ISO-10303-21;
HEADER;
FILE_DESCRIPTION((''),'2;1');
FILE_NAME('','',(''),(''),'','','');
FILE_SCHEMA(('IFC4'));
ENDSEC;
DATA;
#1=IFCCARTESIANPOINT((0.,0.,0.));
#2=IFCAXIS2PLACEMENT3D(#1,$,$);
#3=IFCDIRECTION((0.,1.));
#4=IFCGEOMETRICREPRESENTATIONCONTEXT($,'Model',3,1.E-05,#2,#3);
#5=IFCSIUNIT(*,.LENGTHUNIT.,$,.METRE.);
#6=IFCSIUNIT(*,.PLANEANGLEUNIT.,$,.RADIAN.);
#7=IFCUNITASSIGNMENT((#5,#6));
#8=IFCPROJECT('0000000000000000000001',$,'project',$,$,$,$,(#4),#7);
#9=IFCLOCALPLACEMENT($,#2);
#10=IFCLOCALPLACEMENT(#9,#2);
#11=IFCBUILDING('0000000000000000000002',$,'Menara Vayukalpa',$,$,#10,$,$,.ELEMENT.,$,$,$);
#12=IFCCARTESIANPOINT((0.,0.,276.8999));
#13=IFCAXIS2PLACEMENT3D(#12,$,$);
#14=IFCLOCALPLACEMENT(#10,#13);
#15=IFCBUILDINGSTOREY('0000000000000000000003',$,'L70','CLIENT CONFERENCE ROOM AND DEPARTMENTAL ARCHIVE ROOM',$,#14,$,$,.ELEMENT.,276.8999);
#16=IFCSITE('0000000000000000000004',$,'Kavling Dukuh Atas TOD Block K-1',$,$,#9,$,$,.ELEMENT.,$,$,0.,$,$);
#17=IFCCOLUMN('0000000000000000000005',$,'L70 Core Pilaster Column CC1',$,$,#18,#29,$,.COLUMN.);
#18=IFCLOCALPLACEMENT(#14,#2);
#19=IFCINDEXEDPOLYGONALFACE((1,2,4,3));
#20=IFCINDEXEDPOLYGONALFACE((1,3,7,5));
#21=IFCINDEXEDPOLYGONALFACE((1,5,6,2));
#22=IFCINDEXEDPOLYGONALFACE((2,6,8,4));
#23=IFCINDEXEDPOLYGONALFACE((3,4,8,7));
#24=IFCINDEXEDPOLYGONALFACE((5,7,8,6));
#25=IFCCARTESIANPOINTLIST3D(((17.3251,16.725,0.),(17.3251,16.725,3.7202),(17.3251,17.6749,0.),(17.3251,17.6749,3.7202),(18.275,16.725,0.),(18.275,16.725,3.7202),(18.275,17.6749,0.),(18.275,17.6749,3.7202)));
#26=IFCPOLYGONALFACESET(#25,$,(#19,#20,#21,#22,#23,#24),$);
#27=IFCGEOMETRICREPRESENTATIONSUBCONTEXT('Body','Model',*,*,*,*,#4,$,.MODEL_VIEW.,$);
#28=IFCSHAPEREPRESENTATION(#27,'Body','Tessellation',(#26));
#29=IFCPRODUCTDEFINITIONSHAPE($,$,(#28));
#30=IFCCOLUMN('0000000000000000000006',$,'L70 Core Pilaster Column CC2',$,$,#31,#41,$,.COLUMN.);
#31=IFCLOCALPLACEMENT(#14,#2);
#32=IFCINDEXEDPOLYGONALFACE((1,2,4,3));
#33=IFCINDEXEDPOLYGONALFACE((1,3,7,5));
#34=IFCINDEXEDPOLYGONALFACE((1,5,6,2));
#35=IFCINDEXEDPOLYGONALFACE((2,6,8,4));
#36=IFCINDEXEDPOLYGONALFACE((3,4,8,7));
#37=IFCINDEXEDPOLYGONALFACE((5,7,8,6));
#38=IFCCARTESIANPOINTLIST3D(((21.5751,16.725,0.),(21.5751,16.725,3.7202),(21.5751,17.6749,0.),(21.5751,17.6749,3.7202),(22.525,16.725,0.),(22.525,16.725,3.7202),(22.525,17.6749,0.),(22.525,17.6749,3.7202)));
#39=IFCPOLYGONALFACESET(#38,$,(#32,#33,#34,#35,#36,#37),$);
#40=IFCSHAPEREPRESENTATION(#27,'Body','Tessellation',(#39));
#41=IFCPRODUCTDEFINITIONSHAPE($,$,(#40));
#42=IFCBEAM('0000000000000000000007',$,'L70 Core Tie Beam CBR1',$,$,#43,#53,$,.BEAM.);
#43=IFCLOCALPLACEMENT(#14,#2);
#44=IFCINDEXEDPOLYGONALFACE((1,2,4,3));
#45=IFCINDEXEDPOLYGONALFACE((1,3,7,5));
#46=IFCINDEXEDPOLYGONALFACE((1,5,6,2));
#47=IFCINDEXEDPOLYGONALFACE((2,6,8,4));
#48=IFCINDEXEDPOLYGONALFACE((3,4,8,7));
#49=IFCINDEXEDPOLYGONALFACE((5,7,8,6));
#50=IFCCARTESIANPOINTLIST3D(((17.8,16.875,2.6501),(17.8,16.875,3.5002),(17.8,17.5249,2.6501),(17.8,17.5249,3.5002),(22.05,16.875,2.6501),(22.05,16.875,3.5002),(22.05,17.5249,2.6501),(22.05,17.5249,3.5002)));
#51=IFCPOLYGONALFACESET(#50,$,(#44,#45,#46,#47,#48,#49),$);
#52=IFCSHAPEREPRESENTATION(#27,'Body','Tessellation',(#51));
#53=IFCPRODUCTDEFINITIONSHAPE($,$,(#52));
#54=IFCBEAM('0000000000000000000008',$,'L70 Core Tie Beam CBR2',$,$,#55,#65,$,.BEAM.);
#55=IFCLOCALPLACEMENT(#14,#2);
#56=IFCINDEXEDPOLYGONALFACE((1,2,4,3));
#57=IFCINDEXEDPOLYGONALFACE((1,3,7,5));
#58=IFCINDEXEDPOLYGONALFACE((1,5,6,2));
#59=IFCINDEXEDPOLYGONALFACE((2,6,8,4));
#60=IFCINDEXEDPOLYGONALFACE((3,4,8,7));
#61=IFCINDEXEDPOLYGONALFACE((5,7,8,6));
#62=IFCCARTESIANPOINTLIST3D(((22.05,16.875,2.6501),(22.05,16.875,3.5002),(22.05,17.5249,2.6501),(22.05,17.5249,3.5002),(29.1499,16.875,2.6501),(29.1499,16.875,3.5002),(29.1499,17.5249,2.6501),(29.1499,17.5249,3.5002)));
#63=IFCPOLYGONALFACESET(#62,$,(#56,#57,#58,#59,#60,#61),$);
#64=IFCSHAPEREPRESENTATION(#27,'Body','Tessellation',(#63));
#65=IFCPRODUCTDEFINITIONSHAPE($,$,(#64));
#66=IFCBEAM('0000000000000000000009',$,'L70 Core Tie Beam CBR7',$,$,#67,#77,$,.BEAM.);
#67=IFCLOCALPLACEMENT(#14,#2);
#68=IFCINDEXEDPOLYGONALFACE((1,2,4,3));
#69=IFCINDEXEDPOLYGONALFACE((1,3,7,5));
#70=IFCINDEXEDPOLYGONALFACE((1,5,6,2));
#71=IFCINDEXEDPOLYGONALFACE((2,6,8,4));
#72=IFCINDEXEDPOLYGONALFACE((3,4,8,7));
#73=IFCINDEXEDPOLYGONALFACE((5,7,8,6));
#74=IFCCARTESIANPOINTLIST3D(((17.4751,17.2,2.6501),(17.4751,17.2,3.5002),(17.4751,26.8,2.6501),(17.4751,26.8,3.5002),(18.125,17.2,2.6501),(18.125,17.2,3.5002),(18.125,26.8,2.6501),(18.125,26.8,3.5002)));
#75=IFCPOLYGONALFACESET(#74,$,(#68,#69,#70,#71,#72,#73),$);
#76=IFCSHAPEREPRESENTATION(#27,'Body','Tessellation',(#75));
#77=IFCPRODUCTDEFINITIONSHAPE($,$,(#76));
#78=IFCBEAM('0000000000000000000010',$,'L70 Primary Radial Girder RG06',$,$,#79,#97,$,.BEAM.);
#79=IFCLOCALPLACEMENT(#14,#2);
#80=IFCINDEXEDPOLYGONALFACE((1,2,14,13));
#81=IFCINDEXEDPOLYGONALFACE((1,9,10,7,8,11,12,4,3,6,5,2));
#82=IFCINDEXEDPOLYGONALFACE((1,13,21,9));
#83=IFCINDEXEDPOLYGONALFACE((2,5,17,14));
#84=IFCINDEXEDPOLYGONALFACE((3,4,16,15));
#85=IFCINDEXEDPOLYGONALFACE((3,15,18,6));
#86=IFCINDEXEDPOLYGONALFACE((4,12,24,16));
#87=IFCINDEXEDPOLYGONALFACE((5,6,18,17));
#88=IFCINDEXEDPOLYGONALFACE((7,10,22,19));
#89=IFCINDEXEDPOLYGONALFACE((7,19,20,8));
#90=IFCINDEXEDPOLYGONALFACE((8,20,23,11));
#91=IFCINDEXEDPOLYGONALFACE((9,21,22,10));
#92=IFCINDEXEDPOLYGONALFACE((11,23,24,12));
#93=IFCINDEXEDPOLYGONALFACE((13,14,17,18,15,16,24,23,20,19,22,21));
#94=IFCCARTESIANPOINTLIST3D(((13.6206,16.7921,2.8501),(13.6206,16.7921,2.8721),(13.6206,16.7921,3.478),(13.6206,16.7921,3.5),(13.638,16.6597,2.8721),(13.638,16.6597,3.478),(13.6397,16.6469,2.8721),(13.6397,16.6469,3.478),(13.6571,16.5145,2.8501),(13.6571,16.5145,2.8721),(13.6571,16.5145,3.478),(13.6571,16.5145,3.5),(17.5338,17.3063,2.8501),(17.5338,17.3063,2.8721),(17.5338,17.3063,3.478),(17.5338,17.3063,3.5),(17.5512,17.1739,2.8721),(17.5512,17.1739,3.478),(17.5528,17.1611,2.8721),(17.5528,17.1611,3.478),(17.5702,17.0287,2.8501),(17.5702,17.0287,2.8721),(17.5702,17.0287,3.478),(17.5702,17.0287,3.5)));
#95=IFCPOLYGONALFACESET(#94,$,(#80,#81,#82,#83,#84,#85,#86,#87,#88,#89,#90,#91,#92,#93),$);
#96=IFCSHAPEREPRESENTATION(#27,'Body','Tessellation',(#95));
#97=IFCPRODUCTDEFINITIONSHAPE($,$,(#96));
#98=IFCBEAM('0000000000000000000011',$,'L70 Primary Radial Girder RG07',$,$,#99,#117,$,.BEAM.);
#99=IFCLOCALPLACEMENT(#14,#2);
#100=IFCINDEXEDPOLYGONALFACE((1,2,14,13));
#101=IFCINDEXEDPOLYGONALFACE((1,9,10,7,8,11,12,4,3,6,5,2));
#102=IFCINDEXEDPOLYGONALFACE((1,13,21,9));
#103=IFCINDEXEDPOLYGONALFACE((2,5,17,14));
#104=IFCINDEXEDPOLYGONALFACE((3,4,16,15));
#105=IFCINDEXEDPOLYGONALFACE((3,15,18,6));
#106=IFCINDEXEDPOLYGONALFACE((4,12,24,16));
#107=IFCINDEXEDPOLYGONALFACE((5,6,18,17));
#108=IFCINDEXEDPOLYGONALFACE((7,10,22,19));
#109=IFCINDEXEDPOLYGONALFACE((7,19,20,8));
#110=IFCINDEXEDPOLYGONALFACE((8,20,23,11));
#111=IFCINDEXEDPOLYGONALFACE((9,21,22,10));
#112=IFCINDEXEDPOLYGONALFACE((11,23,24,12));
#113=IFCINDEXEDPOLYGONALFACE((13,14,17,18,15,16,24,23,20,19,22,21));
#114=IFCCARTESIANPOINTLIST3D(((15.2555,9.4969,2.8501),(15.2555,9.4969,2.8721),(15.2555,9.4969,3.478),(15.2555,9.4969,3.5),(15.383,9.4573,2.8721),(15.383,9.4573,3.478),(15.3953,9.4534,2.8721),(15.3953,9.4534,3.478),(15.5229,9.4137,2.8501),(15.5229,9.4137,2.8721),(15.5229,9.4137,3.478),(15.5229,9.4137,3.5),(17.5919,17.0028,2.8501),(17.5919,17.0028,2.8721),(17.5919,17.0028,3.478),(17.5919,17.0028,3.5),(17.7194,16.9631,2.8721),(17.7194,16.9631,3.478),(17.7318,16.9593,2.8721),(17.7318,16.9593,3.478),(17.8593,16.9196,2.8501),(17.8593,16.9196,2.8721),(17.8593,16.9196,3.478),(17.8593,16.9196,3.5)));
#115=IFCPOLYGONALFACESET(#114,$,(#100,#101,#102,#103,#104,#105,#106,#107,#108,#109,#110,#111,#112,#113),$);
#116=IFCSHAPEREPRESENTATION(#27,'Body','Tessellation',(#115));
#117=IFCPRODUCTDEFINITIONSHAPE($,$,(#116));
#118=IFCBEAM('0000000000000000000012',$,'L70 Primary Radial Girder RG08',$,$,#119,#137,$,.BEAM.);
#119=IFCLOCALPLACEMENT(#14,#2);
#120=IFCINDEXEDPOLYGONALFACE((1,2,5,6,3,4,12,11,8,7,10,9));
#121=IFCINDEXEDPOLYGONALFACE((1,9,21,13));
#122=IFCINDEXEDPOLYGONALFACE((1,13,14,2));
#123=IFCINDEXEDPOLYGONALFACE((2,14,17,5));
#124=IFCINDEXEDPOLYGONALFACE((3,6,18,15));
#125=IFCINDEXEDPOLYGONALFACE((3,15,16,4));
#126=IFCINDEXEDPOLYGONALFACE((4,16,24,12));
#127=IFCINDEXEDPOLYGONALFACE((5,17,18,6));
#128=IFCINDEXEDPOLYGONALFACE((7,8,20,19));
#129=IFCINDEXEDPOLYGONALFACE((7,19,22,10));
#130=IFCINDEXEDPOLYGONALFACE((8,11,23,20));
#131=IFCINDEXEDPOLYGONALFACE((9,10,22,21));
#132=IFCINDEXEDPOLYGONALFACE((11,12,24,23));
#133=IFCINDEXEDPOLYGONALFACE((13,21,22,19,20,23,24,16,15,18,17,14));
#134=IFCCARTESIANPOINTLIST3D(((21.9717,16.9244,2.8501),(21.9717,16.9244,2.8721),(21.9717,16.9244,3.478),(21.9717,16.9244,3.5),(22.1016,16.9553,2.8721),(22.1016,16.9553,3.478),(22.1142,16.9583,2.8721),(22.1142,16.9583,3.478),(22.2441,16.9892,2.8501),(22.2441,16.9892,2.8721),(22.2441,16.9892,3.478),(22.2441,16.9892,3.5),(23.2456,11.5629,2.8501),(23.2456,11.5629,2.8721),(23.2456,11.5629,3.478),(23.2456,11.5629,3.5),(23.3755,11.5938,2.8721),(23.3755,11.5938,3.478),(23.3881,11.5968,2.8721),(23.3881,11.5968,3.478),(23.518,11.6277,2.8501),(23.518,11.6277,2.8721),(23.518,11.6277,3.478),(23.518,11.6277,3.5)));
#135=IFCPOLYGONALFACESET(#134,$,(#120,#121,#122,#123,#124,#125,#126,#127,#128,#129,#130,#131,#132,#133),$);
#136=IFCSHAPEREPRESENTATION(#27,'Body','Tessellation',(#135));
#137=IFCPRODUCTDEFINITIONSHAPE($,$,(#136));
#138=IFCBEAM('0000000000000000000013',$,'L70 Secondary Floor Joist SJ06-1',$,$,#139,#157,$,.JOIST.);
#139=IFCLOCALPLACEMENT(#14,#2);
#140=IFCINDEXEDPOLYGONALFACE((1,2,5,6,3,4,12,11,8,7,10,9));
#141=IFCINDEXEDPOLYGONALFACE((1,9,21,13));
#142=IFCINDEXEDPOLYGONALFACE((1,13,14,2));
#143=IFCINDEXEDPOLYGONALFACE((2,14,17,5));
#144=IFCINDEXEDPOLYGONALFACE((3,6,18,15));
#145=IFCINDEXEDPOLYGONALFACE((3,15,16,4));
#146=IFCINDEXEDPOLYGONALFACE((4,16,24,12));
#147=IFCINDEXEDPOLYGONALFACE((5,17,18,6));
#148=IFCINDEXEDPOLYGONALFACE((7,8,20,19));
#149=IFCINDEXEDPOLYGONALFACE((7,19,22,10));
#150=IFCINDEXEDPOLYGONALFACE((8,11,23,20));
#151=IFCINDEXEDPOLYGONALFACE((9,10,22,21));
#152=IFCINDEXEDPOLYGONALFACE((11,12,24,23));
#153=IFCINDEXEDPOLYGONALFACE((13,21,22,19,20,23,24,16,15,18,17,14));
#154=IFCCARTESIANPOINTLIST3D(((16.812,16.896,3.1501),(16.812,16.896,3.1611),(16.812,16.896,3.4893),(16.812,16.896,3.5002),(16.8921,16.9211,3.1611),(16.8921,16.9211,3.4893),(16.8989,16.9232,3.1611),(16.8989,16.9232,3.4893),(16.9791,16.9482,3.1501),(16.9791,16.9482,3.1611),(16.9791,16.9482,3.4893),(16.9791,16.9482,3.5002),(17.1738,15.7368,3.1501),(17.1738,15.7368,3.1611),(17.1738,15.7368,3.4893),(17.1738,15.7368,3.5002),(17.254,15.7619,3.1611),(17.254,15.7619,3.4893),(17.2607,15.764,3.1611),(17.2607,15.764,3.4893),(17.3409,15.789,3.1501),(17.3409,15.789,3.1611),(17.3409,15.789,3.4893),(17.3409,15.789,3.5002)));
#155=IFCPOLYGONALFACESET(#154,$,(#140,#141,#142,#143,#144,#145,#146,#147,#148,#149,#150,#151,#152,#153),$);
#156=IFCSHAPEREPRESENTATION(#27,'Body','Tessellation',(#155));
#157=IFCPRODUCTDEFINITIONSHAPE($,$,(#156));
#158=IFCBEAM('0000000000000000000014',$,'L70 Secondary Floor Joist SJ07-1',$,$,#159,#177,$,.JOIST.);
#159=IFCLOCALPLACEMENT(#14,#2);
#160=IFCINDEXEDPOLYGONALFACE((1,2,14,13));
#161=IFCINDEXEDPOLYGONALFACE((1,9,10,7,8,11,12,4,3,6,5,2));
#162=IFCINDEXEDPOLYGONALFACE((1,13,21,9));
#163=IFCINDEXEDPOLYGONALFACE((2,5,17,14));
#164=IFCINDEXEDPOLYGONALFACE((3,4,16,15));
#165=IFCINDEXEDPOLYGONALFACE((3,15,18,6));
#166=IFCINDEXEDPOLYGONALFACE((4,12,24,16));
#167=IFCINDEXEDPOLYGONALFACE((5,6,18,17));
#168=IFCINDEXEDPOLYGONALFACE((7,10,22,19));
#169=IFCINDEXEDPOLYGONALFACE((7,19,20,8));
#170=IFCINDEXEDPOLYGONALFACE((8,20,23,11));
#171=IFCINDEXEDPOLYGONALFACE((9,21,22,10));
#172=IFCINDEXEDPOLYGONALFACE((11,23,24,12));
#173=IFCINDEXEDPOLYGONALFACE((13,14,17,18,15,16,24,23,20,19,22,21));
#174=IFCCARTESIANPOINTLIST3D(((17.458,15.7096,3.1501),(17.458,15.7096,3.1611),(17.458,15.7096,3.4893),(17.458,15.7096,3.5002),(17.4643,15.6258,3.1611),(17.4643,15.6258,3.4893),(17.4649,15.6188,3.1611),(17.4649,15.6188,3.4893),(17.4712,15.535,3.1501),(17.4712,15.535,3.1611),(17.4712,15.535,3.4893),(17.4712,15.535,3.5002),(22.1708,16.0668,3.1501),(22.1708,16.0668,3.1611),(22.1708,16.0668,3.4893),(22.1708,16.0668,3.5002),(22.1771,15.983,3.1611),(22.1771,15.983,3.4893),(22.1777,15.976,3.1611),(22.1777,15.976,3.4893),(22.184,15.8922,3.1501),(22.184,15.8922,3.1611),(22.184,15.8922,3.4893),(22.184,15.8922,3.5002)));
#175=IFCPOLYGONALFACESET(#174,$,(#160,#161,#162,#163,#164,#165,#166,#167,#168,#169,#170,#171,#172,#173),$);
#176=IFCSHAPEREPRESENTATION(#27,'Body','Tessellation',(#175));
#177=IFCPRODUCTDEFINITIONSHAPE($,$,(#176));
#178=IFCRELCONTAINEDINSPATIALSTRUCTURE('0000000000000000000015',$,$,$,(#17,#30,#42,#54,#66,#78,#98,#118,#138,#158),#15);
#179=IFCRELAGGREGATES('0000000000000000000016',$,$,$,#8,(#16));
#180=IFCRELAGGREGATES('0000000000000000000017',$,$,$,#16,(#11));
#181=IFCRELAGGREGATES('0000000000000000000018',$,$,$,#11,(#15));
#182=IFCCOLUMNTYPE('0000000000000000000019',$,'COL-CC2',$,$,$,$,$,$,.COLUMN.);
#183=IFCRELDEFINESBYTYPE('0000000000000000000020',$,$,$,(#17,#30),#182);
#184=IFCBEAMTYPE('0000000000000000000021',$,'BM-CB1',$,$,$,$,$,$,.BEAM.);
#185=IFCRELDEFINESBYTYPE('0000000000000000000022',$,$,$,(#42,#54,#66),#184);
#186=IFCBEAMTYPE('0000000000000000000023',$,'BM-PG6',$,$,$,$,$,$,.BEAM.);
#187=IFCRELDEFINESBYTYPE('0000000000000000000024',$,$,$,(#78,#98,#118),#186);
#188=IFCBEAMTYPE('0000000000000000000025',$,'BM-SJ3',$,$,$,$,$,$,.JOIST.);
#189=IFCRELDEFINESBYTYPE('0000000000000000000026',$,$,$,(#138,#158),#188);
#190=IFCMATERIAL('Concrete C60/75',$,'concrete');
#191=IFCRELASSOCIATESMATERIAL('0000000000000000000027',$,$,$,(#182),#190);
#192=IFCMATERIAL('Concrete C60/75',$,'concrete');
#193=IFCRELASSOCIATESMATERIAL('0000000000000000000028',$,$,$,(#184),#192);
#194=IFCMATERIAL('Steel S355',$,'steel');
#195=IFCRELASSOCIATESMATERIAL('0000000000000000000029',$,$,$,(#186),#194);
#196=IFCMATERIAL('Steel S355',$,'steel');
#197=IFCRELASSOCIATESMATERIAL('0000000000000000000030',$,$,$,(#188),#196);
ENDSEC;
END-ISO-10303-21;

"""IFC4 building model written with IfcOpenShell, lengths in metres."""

from ifc_helpers import new_model, si_unit, direction, frame, origin, origin_2d, place, context, subcontext, project, spatial, rectangle, i_section, extrude, material, material_profile, profile_set, type_object, element, save


model = new_model("IFC4")

# Units and contexts
model_context = context("Model", 3, precision=1e-05, world=origin(), true_north=direction((0.0, 1.0)))
body_context = subcontext(model_context, "Body", "Model", "MODEL_VIEW")
ifc_project = project(units=[si_unit("LENGTHUNIT", "METRE"), si_unit("PLANEANGLEUNIT", "RADIAN")], contexts=[model_context])

# Site, building, storey
site_placement = place(None, origin())
site = spatial("IfcSite", under=ifc_project, at=site_placement, Name="Kavling Dukuh Atas TOD Block K-1", CompositionType="ELEMENT", RefElevation=0.0)
building_placement = place(site_placement, origin())
building = spatial("IfcBuilding", under=site, at=building_placement, Name="Menara Vayukalpa", CompositionType="ELEMENT")
storey_placement = place(building_placement, frame((0.0, 0.0, 276.8999)))
storey = spatial("IfcBuildingStorey", under=building, at=storey_placement, Name="L70", Description="CLIENT CONFERENCE ROOM AND DEPARTMENTAL ARCHIVE ROOM", CompositionType="ELEMENT", Elevation=276.8999)

# Columns
ifc_material_1 = material(Name="Concrete C60/75", Category="concrete")
ifc_material_profile_1 = material_profile(ifc_material_1, rectangle(XDim=0.95, YDim=0.95, at=origin_2d()), Name="RC 950x950")
ifc_profile_set_1 = profile_set([ifc_material_profile_1], Name="Concrete C60/75")
column_type = type_object("IfcColumnType", Name="COL-CC2", PredefinedType="COLUMN", material=ifc_profile_set_1)
for number, where, z_axis, x_axis, name in (
    (1, (17.8, 17.2, 0.0), (0.0, 0.0, 1.0), (1.0, 0.0, 0.0), "L70 Core Pilaster Column CC1"),
    (2, (22.05, 17.2, 0.0), (0.0, 0.0, 1.0), (1.0, 0.0, 0.0), "L70 Core Pilaster Column CC2"),
):
    element("IfcColumn", number, at=place(storey_placement, frame(where, z_axis=z_axis, x_axis=x_axis)), inside=storey, type_object=column_type, Name=name, PredefinedType="COLUMN", context=body_context, shape_type="SweptSolid", body=[
        extrude(rectangle(XDim=0.95, YDim=0.95, at=origin_2d()), origin(), (0.0, 0.0, 1.0), 3.7202),
    ])

# Beams
ifc_material_2 = material(Name="Concrete C60/75", Category="concrete")
ifc_material_profile_2 = material_profile(ifc_material_2, rectangle(XDim=0.6499, YDim=0.8501, at=origin_2d()), Name="RC 650x850")
ifc_profile_set_2 = profile_set([ifc_material_profile_2], Name="Concrete C60/75")
beam_type_1 = type_object("IfcBeamType", Name="BM-CB1", PredefinedType="BEAM", material=ifc_profile_set_2)
beam_1_placement = place(storey_placement, frame((17.8, 17.2, 3.0752), z_axis=(1.0, 0.0, 0.0), x_axis=(0.0, 1.0, 0.0)))
element("IfcBeam", 3, at=beam_1_placement, inside=storey, type_object=beam_type_1, Name="L70 Core Tie Beam CBR1", PredefinedType="BEAM", context=body_context, shape_type="SweptSolid", body=[
    extrude(rectangle(XDim=0.6499, YDim=0.8501, at=origin_2d()), origin(), (0.0, 0.0, 1.0), 4.25),
])
beam_2_placement = place(storey_placement, frame((22.05, 17.2, 3.0752), z_axis=(1.0, 0.0, 0.0), x_axis=(0.0, 1.0, 0.0)))
element("IfcBeam", 4, at=beam_2_placement, inside=storey, type_object=beam_type_1, Name="L70 Core Tie Beam CBR2", PredefinedType="BEAM", context=body_context, shape_type="SweptSolid", body=[
    extrude(rectangle(XDim=0.6499, YDim=0.8501, at=origin_2d()), origin(), (0.0, 0.0, 1.0), 7.0999),
])
beam_3_placement = place(storey_placement, frame((17.8, 17.2, 3.0752), z_axis=(0.0, 1.0, 0.0), x_axis=(-1.0, 0.0, 0.0)))
element("IfcBeam", 5, at=beam_3_placement, inside=storey, type_object=beam_type_1, Name="L70 Core Tie Beam CBR7", PredefinedType="BEAM", context=body_context, shape_type="SweptSolid", body=[
    extrude(rectangle(XDim=0.6499, YDim=0.8501, at=origin_2d()), origin(), (0.0, 0.0, 1.0), 9.6001),
])
ifc_material_3 = material(Name="Steel S355", Category="steel")
ifc_material_profile_3 = material_profile(ifc_material_3, i_section(OverallWidth=0.28, OverallDepth=0.6499, WebThickness=0.0129, FlangeThickness=0.022, at=origin_2d()), Name="WF 650x280x13x22")
ifc_profile_set_3 = profile_set([ifc_material_profile_3], Name="Steel S355")
beam_type_2 = type_object("IfcBeamType", Name="BM-PG6", PredefinedType="BEAM", material=ifc_profile_set_3)
beam_4_placement = place(storey_placement, frame((17.552, 17.1675, 3.175), z_axis=(-0.991478, -0.130275, 0.0), x_axis=(0.130275, -0.991478, 0.0)))
element("IfcBeam", 6, at=beam_4_placement, inside=storey, type_object=beam_type_2, Name="L70 Primary Radial Girder RG06", PredefinedType="BEAM", context=body_context, shape_type="SweptSolid", body=[
    extrude(i_section(OverallWidth=0.28, OverallDepth=0.6499, WebThickness=0.0129, FlangeThickness=0.022, at=origin_2d()), origin(), (0.0, 0.0, 1.0), 3.9468),
])
beam_5_placement = place(storey_placement, frame((17.7256, 16.9612, 3.175), z_axis=(-0.297214, -0.954811, 0.0), x_axis=(0.954811, -0.297214, 0.0)))
element("IfcBeam", 7, at=beam_5_placement, inside=storey, type_object=beam_type_2, Name="L70 Primary Radial Girder RG07", PredefinedType="BEAM", context=body_context, shape_type="SweptSolid", body=[
    extrude(i_section(OverallWidth=0.28, OverallDepth=0.6499, WebThickness=0.0129, FlangeThickness=0.022, at=origin_2d()), origin(), (0.0, 0.0, 1.0), 7.8611),
])
beam_6_placement = place(storey_placement, frame((22.1079, 16.9568, 3.175), z_axis=(0.231167, -0.972914, 0.0), x_axis=(0.972914, 0.231167, 0.0)))
element("IfcBeam", 8, at=beam_6_placement, inside=storey, type_object=beam_type_2, Name="L70 Primary Radial Girder RG08", PredefinedType="BEAM", context=body_context, shape_type="SweptSolid", body=[
    extrude(i_section(OverallWidth=0.28, OverallDepth=0.6499, WebThickness=0.0129, FlangeThickness=0.022, at=origin_2d()), origin(), (0.0, 0.0, 1.0), 5.5107),
])
ifc_material_4 = material(Name="Steel S355", Category="steel")
ifc_material_profile_4 = material_profile(ifc_material_4, i_section(OverallWidth=0.175, OverallDepth=0.3501, WebThickness=0.0071, FlangeThickness=0.011, at=origin_2d()), Name="WF 350x175x7x11")
ifc_profile_set_4 = profile_set([ifc_material_profile_4], Name="Steel S355")
beam_type_3 = type_object("IfcBeamType", Name="BM-SJ3", PredefinedType="JOIST", material=ifc_profile_set_4)
beam_7_placement = place(storey_placement, frame((16.8955, 16.9221, 3.3252), z_axis=(0.297954, -0.95458, 0.0), x_axis=(0.95458, 0.297954, 0.0)))
element("IfcBeam", 9, at=beam_7_placement, inside=storey, type_object=beam_type_3, Name="L70 Secondary Floor Joist SJ06-1", PredefinedType="JOIST", context=body_context, shape_type="SweptSolid", body=[
    extrude(i_section(OverallWidth=0.175, OverallDepth=0.3501, WebThickness=0.0071, FlangeThickness=0.011, at=origin_2d()), origin(), (0.0, 0.0, 1.0), 1.2144),
])
beam_8_placement = place(storey_placement, frame((17.4646, 15.6223, 3.3252), z_axis=(0.99714, 0.075571, 0.0), x_axis=(-0.075571, 0.99714, 0.0)))
element("IfcBeam", 10, at=beam_8_placement, inside=storey, type_object=beam_type_3, Name="L70 Secondary Floor Joist SJ07-1", PredefinedType="JOIST", context=body_context, shape_type="SweptSolid", body=[
    extrude(i_section(OverallWidth=0.175, OverallDepth=0.3501, WebThickness=0.0071, FlangeThickness=0.011, at=origin_2d()), origin(), (0.0, 0.0, 1.0), 4.7263),
])

save(model, "model.ifc")
